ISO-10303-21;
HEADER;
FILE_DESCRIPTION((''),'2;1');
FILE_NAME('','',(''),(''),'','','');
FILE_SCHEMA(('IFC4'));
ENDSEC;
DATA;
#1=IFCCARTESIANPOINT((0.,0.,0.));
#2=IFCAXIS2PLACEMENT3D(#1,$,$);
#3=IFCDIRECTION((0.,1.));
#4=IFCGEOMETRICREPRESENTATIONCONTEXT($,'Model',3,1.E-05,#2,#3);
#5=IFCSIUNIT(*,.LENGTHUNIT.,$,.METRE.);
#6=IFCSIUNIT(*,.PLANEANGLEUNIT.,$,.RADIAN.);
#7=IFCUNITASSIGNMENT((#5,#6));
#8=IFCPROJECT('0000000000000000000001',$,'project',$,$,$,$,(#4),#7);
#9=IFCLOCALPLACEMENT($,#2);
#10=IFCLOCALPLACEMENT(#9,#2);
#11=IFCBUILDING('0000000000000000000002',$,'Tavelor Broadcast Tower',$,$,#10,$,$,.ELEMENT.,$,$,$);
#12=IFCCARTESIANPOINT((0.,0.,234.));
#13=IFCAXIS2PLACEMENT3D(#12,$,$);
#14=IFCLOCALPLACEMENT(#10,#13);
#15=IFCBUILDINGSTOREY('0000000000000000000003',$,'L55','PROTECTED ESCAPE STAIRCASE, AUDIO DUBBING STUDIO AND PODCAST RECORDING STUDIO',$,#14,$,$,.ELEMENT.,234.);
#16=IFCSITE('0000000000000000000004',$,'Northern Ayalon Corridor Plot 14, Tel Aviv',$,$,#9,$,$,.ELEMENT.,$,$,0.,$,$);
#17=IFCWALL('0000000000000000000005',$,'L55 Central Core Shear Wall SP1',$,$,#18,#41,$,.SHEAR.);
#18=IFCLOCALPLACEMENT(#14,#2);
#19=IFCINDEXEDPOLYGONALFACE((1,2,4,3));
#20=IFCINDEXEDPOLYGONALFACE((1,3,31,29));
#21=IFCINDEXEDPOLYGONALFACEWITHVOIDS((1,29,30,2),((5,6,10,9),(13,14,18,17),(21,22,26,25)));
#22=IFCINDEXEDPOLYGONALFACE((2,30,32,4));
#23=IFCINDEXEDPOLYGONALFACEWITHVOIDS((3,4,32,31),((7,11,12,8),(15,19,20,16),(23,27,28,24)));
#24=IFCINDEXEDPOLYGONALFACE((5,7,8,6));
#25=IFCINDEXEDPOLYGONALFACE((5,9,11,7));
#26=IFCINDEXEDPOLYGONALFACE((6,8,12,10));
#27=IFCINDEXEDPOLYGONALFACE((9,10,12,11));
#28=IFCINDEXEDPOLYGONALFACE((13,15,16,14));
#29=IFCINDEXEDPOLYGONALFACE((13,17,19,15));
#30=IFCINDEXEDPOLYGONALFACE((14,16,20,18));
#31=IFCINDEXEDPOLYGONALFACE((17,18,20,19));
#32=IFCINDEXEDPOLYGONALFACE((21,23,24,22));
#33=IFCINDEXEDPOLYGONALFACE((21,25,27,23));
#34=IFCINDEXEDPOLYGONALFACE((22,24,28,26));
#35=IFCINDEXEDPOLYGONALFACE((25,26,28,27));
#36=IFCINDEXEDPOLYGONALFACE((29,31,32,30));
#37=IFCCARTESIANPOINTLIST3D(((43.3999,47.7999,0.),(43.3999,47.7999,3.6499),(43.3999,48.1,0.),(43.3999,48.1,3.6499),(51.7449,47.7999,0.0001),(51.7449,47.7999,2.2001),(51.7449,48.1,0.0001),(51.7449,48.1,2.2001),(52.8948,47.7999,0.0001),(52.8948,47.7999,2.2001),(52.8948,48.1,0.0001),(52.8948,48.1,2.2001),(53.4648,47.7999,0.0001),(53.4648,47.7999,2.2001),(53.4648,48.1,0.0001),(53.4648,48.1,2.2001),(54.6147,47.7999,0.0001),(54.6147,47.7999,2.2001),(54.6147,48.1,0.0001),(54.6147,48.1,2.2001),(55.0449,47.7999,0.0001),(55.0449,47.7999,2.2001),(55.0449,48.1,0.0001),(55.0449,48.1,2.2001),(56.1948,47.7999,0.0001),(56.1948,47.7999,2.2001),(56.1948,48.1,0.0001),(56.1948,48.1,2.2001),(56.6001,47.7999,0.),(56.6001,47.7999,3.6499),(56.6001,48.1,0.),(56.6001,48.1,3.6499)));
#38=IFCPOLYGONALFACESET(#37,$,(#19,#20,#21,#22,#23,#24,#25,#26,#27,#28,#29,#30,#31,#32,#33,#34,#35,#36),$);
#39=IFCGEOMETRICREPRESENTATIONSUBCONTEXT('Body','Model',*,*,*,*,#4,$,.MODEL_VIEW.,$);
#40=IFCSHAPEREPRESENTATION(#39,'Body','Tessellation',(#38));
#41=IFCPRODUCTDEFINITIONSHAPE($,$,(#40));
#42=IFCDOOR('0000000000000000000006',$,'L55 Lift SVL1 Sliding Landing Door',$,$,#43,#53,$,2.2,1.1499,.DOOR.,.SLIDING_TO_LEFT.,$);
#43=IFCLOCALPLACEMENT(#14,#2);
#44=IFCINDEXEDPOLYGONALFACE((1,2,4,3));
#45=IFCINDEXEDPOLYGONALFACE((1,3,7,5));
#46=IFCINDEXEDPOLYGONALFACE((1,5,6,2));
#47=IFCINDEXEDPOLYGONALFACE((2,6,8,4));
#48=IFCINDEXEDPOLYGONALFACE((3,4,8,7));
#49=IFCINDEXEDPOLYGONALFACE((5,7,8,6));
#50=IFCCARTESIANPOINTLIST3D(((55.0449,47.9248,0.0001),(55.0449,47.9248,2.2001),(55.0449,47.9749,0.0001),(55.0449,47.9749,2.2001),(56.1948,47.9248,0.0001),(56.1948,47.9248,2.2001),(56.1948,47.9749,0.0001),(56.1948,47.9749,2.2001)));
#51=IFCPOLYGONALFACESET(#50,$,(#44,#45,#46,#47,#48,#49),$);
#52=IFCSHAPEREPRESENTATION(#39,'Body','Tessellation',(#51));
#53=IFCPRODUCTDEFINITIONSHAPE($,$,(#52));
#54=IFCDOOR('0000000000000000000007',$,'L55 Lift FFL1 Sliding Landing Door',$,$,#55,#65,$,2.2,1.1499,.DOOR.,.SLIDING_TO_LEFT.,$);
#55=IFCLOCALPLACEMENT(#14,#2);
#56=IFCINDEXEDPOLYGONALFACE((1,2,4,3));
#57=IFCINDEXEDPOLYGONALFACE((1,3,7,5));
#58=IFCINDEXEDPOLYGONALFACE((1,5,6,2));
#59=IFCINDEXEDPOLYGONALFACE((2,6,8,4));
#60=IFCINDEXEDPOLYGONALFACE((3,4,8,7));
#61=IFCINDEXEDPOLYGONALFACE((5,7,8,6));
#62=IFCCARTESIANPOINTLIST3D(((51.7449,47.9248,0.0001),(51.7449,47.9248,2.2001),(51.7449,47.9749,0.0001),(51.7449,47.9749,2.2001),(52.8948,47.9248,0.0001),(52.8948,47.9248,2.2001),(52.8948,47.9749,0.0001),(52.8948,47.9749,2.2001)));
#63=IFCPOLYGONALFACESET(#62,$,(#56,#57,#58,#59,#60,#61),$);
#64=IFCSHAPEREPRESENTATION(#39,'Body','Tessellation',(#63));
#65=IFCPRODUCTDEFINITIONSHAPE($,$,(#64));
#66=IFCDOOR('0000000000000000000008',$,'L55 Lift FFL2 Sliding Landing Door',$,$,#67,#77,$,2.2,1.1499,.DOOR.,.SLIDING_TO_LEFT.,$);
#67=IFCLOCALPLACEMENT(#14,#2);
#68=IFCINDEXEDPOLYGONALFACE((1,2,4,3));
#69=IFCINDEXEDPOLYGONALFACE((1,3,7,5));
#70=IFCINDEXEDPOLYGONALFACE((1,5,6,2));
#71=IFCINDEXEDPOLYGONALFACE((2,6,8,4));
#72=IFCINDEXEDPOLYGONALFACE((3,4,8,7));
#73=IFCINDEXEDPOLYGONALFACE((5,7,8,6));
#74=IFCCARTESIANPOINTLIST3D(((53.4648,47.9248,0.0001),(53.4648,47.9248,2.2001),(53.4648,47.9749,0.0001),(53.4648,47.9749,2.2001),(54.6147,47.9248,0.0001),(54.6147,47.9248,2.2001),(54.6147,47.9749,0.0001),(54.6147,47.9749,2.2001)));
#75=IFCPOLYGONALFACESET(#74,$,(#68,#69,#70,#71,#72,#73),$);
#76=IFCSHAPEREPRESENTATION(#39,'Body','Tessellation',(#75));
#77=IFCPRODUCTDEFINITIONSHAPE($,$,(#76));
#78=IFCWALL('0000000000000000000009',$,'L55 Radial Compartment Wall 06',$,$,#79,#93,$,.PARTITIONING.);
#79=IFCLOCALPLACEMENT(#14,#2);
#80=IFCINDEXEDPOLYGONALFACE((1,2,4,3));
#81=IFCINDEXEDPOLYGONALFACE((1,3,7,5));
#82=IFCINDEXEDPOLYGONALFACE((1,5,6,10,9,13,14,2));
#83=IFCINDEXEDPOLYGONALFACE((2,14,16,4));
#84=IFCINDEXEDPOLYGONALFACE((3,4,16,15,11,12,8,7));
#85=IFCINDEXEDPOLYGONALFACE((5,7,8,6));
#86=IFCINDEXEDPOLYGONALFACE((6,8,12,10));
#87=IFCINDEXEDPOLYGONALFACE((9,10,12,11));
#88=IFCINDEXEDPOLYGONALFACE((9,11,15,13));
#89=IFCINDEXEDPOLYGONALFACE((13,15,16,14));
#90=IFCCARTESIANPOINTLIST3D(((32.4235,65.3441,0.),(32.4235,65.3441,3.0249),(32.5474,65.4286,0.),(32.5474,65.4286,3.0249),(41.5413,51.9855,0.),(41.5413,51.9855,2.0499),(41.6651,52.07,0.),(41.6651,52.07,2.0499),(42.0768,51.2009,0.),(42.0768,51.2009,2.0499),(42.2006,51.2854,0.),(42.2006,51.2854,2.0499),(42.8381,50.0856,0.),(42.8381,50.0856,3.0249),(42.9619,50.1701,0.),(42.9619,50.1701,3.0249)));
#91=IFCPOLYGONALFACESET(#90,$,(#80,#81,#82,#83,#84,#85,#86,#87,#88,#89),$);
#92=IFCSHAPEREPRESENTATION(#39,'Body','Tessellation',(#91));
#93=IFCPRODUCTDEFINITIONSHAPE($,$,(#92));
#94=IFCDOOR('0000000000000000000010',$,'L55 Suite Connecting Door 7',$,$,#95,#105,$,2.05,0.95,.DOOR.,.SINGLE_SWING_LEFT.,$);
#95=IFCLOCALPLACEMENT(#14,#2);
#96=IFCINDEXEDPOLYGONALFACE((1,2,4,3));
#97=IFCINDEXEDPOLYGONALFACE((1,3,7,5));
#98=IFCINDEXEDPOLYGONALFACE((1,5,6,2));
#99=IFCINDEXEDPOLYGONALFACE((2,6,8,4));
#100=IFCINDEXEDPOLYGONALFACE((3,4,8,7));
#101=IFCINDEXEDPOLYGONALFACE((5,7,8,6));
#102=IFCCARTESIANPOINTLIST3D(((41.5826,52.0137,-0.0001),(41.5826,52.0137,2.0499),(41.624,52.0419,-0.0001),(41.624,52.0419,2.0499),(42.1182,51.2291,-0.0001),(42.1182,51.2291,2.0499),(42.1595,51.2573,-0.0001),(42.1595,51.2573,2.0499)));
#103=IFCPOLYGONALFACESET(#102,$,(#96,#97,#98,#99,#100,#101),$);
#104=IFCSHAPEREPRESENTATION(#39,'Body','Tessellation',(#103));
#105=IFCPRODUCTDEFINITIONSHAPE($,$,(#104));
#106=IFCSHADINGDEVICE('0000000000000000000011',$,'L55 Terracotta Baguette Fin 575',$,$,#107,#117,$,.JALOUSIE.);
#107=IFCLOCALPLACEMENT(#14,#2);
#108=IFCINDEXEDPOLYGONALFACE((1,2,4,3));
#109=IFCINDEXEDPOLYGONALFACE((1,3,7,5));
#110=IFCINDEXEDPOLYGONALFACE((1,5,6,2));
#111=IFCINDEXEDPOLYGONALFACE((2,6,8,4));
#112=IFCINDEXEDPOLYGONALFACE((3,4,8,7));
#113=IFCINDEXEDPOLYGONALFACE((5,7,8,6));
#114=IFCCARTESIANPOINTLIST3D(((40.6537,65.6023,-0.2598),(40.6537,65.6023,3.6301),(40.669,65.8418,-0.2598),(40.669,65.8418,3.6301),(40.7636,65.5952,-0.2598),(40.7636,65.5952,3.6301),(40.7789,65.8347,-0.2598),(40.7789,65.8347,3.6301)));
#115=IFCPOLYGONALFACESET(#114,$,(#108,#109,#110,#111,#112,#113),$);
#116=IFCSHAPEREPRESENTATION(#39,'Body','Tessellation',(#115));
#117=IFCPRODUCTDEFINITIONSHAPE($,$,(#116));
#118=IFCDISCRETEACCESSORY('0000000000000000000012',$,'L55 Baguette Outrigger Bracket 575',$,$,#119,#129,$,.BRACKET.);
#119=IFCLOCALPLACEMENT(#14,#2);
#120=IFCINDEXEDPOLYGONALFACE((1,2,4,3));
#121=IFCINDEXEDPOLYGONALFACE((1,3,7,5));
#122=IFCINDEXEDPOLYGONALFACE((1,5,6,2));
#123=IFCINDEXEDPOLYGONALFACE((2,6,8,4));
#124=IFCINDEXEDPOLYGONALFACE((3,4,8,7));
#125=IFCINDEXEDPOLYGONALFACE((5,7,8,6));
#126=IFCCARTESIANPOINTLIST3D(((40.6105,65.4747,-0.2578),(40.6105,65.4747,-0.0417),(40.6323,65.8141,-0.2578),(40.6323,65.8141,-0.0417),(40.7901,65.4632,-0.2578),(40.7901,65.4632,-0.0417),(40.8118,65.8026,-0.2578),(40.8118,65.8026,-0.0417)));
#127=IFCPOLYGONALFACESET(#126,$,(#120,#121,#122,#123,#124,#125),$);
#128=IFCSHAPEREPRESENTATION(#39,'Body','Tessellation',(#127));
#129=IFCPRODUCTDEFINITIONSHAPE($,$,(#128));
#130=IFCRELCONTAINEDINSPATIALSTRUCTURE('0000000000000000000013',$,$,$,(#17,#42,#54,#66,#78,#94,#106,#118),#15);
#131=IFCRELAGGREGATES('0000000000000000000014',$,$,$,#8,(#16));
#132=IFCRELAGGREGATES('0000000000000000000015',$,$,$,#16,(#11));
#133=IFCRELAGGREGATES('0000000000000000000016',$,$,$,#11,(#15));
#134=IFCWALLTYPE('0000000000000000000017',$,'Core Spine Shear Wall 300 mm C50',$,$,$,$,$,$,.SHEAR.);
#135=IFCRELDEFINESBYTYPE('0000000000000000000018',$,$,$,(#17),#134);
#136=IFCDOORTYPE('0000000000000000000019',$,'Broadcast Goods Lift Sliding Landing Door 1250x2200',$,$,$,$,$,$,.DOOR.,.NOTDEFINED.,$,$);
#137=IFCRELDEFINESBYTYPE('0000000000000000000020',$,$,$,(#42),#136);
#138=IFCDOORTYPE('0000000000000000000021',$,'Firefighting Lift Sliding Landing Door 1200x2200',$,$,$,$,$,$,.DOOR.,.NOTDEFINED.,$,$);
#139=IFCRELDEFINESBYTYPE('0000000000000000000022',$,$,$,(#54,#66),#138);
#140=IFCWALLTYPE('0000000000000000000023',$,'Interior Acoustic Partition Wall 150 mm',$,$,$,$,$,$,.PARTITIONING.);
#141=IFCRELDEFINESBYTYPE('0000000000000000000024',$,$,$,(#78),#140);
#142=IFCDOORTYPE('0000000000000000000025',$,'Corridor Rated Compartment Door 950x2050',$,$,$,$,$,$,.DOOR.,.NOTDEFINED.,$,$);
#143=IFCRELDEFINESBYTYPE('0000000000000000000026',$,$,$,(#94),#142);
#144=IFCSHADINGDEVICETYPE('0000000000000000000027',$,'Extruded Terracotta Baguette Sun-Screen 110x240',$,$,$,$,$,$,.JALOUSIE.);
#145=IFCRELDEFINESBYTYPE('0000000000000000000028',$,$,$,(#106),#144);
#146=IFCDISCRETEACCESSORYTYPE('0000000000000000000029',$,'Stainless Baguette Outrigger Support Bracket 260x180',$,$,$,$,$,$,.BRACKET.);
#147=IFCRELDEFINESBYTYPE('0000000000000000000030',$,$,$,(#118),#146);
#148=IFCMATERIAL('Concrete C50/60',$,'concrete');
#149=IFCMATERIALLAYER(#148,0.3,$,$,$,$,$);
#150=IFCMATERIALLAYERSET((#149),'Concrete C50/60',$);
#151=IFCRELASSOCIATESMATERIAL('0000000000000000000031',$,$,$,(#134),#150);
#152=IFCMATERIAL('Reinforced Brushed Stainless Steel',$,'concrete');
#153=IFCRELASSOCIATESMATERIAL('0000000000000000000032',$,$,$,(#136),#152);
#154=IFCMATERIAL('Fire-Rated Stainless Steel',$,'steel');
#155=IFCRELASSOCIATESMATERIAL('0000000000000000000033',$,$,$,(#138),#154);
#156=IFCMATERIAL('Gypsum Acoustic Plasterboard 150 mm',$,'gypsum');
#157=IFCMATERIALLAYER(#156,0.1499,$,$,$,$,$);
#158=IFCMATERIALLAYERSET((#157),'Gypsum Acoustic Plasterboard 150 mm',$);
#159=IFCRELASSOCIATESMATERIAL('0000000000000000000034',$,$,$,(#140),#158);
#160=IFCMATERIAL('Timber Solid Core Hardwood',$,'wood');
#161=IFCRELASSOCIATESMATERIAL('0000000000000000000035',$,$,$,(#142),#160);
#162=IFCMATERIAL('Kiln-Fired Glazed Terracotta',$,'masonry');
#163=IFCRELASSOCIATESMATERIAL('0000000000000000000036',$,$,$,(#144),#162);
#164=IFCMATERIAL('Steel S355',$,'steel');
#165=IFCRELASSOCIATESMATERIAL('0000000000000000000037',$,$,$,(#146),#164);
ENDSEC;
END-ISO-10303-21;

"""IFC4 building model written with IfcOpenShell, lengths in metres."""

from ifc_helpers import new_model, si_unit, direction, frame, frame_2d, origin, origin_2d, place, context, subcontext, project, spatial, rectangle, extrude, source, transform, mapped, material, layer, layer_set, type_object, type_shapes, element, fill, save


model = new_model("IFC4")

# Units and contexts
model_context = context("Model", 3, precision=1e-05, world=origin(), true_north=direction((0.0, 1.0)))
body_context = subcontext(model_context, "Body", "Model", "MODEL_VIEW")
ifc_project = project(units=[si_unit("LENGTHUNIT", "METRE"), si_unit("PLANEANGLEUNIT", "RADIAN")], contexts=[model_context])

# Site, building, storey
site_placement = place(None, origin())
site = spatial("IfcSite", under=ifc_project, at=site_placement, Name="Northern Ayalon Corridor Plot 14, Tel Aviv", CompositionType="ELEMENT", RefElevation=0.0)
building_placement = place(site_placement, origin())
building = spatial("IfcBuilding", under=site, at=building_placement, Name="Tavelor Broadcast Tower", CompositionType="ELEMENT")
storey_placement = place(building_placement, frame((0.0, 0.0, 234.0)))
storey = spatial("IfcBuildingStorey", under=building, at=storey_placement, Name="L55", Description="PROTECTED ESCAPE STAIRCASE, AUDIO DUBBING STUDIO AND PODCAST RECORDING STUDIO", CompositionType="ELEMENT", Elevation=234.0)

# Shared definitions
ifc_material_1 = material(Name="Concrete C50/60", Category="concrete")

# Shared definitions
ifc_material_2 = material(Name="Steel S355", Category="steel")

# Wall, openings, doors
ifc_layer_1 = layer(ifc_material_1, 0.3)
ifc_layer_set_1 = layer_set([ifc_layer_1], Name="Concrete C50/60")
wall_type_1 = type_object("IfcWallType", Name="Core Spine Shear Wall 300 mm C50", PredefinedType="SHEAR", material=ifc_layer_set_1)
wall_1_placement = place(storey_placement, frame((43.3999, 47.95, 0.0), z_axis=(0.0, 0.0, 1.0), x_axis=(1.0, 0.0, 0.0)))
wall_1 = element("IfcWall", 1, at=wall_1_placement, inside=storey, type_object=wall_type_1, Name="L55 Central Core Shear Wall SP1", PredefinedType="SHEAR", context=body_context, shape_type="SweptSolid", body=[
    extrude(rectangle(XDim=13.2002, YDim=0.3, at=frame_2d((6.6001, 0.0))), origin(), (0.0, 0.0, 1.0), 3.6499),
])
opening_1_placement = place(wall_1_placement, frame((8.345, 0.0, 0.0)))
opening_1 = element("IfcOpeningElement", 2, at=opening_1_placement, cuts=wall_1, PredefinedType="OPENING", context=body_context, shape_type="SweptSolid", body=[
    extrude(rectangle(XDim=1.1499, YDim=2.2, at=frame_2d((0.575, 1.1001))), frame((0.0, 0.1602, 0.0), z_axis=(0.0, -1.0, 0.0), x_axis=(1.0, 0.0, 0.0)), (0.0, 0.0, 1.0), 0.3201),
])
opening_2_placement = place(wall_1_placement, frame((10.0649, 0.0, 0.0)))
opening_2 = element("IfcOpeningElement", 3, at=opening_2_placement, cuts=wall_1, PredefinedType="OPENING", context=body_context, shape_type="SweptSolid", body=[
    extrude(rectangle(XDim=1.1499, YDim=2.2, at=frame_2d((0.575, 1.1001))), frame((0.0, 0.1602, 0.0), z_axis=(0.0, -1.0, 0.0), x_axis=(1.0, 0.0, 0.0)), (0.0, 0.0, 1.0), 0.3201),
])
opening_3_placement = place(wall_1_placement, frame((11.645, 0.0, 0.0)))
opening_3 = element("IfcOpeningElement", 4, at=opening_3_placement, cuts=wall_1, PredefinedType="OPENING", context=body_context, shape_type="SweptSolid", body=[
    extrude(rectangle(XDim=1.1499, YDim=2.2, at=frame_2d((0.575, 1.1001))), frame((0.0, 0.1602, 0.0), z_axis=(0.0, -1.0, 0.0), x_axis=(1.0, 0.0, 0.0)), (0.0, 0.0, 1.0), 0.3201),
])
ifc_material_3 = material(Name="Reinforced Brushed Stainless Steel", Category="concrete")
door_type_1 = type_object("IfcDoorType", Name="Broadcast Goods Lift Sliding Landing Door 1250x2200", OperationType="NOTDEFINED", PredefinedType="DOOR", material=ifc_material_3)
door_1_placement = place(opening_3_placement, origin())
door_1 = element("IfcDoor", 5, at=door_1_placement, inside=storey, type_object=door_type_1, Name="L55 Lift SVL1 Sliding Landing Door", OperationType="SLIDING_TO_LEFT", OverallHeight=2.2, OverallWidth=1.1499, PredefinedType="DOOR", context=body_context, shape_type="SweptSolid", body=[
    extrude(rectangle(XDim=1.1499, YDim=2.2, at=frame_2d((0.575, 1.1001))), frame((0.0, 0.0249, 0.0), z_axis=(0.0, -1.0, 0.0), x_axis=(1.0, 0.0, 0.0)), (0.0, 0.0, 1.0), 0.05),
])
fill(opening_3, door_1)
ifc_material_4 = material(Name="Fire-Rated Stainless Steel", Category="steel")
door_type_2 = type_object("IfcDoorType", Name="Firefighting Lift Sliding Landing Door 1200x2200", OperationType="NOTDEFINED", PredefinedType="DOOR", material=ifc_material_4)
door_2_placement = place(opening_1_placement, origin())
door_2 = element("IfcDoor", 6, at=door_2_placement, inside=storey, type_object=door_type_2, Name="L55 Lift FFL1 Sliding Landing Door", OperationType="SLIDING_TO_LEFT", OverallHeight=2.2, OverallWidth=1.1499, PredefinedType="DOOR", context=body_context, shape_type="SweptSolid", body=[
    extrude(rectangle(XDim=1.1499, YDim=2.2, at=frame_2d((0.575, 1.1001))), frame((0.0, 0.0249, 0.0), z_axis=(0.0, -1.0, 0.0), x_axis=(1.0, 0.0, 0.0)), (0.0, 0.0, 1.0), 0.05),
])
fill(opening_1, door_2)
door_3_placement = place(opening_2_placement, origin())
door_3 = element("IfcDoor", 7, at=door_3_placement, inside=storey, type_object=door_type_2, Name="L55 Lift FFL2 Sliding Landing Door", OperationType="SLIDING_TO_LEFT", OverallHeight=2.2, OverallWidth=1.1499, PredefinedType="DOOR", context=body_context, shape_type="SweptSolid", body=[
    extrude(rectangle(XDim=1.1499, YDim=2.2, at=frame_2d((0.575, 1.1001))), frame((0.0, 0.0249, 0.0), z_axis=(0.0, -1.0, 0.0), x_axis=(1.0, 0.0, 0.0)), (0.0, 0.0, 1.0), 0.05),
])
fill(opening_2, door_3)

# Wall, opening, door
ifc_material_5 = material(Name="Gypsum Acoustic Plasterboard 150 mm", Category="gypsum")
ifc_layer_2 = layer(ifc_material_5, 0.1499)
ifc_layer_set_2 = layer_set([ifc_layer_2], Name="Gypsum Acoustic Plasterboard 150 mm")
wall_type_2 = type_object("IfcWallType", Name="Interior Acoustic Partition Wall 150 mm", PredefinedType="PARTITIONING", material=ifc_layer_set_2)
wall_2_placement = place(storey_placement, frame((42.8999, 50.1279, 0.0), z_axis=(0.0, 0.0, 1.0), x_axis=(-0.563743, 0.82595, 0.0)))
wall_2 = element("IfcWall", 8, at=wall_2_placement, inside=storey, type_object=wall_type_2, Name="L55 Radial Compartment Wall 06", PredefinedType="PARTITIONING", context=body_context, shape_type="SweptSolid", body=[
    extrude(rectangle(XDim=18.4739, YDim=0.1499, at=frame_2d((9.2368, 0.0))), origin(), (0.0, 0.0, 1.0), 3.0249),
])
opening_4_placement = place(wall_2_placement, frame((1.3501, 0.0, 0.0)))
opening_4 = element("IfcOpeningElement", 9, at=opening_4_placement, cuts=wall_2, PredefinedType="OPENING", context=body_context, shape_type="SweptSolid", body=[
    extrude(rectangle(XDim=0.95, YDim=2.05, at=frame_2d((0.4751, 1.0249))), frame((0.0, 0.085, 0.0), z_axis=(0.0, -1.0, 0.0), x_axis=(1.0, 0.0, 0.0)), (0.0, 0.0, 1.0), 0.1699),
])
ifc_material_6 = material(Name="Timber Solid Core Hardwood", Category="wood")
door_type_3 = type_object("IfcDoorType", Name="Corridor Rated Compartment Door 950x2050", OperationType="NOTDEFINED", PredefinedType="DOOR", material=ifc_material_6)
door_4_placement = place(opening_4_placement, origin())
door_4 = element("IfcDoor", 10, at=door_4_placement, inside=storey, type_object=door_type_3, Name="L55 Suite Connecting Door 7", OperationType="SINGLE_SWING_LEFT", OverallHeight=2.05, OverallWidth=0.95, PredefinedType="DOOR", context=body_context, shape_type="SweptSolid", body=[
    extrude(rectangle(XDim=0.95, YDim=2.05, at=frame_2d((0.4751, 1.0249))), frame((0.0, 0.0249, 0.0), z_axis=(0.0, -1.0, 0.0), x_axis=(1.0, 0.0, 0.0)), (0.0, 0.0, 1.0), 0.05),
])
fill(opening_4, door_4)

# Shading device
ifc_material_7 = material(Name="Kiln-Fired Glazed Terracotta", Category="masonry")
shading_device_type = type_object("IfcShadingDeviceType", Name="Extruded Terracotta Baguette Sun-Screen 110x240", PredefinedType="JALOUSIE", material=ifc_material_7)
shared_shape_1 = source(origin(), body_context, "Body", "SweptSolid", [
    extrude(rectangle(XDim=0.1101, YDim=0.24, at=origin_2d()), origin(), (0.0, 0.0, 1.0), 3.8899),
])
type_shapes(shading_device_type, [shared_shape_1])
shading_device_placement = place(storey_placement, frame((40.7163, 65.7185, -0.2598), z_axis=(0.0, 0.0, 1.0), x_axis=(-0.997949, 0.06401, 0.0)))
element("IfcShadingDevice", 11, at=shading_device_placement, inside=storey, type_object=shading_device_type, Name="L55 Terracotta Baguette Fin 575", PredefinedType="JALOUSIE", context=body_context, shape_type="MappedRepresentation", body=[
    mapped(shared_shape_1, transform((0.0, 0.0, 0.0), scale=1.0)),
])

# Discrete accessory
discrete_accessory_type = type_object("IfcDiscreteAccessoryType", Name="Stainless Baguette Outrigger Support Bracket 260x180", PredefinedType="BRACKET", material=ifc_material_2)
shared_shape_2 = source(origin(), body_context, "Body", "SweptSolid", [
    extrude(rectangle(XDim=0.1799, YDim=0.3401, at=origin_2d()), origin(), (0.0, 0.0, 1.0), 0.2161),
])
type_shapes(discrete_accessory_type, [shared_shape_2])
discrete_accessory_placement = place(storey_placement, frame((40.7112, 65.6387, -0.2578), z_axis=(0.0, 0.0, 1.0), x_axis=(-0.997949, 0.06401, 0.0)))
element("IfcDiscreteAccessory", 12, at=discrete_accessory_placement, inside=storey, type_object=discrete_accessory_type, Name="L55 Baguette Outrigger Bracket 575", PredefinedType="BRACKET", context=body_context, shape_type="MappedRepresentation", body=[
    mapped(shared_shape_2, transform((0.0, 0.0, 0.0), scale=1.0)),
])

save(model, "model.ifc")
